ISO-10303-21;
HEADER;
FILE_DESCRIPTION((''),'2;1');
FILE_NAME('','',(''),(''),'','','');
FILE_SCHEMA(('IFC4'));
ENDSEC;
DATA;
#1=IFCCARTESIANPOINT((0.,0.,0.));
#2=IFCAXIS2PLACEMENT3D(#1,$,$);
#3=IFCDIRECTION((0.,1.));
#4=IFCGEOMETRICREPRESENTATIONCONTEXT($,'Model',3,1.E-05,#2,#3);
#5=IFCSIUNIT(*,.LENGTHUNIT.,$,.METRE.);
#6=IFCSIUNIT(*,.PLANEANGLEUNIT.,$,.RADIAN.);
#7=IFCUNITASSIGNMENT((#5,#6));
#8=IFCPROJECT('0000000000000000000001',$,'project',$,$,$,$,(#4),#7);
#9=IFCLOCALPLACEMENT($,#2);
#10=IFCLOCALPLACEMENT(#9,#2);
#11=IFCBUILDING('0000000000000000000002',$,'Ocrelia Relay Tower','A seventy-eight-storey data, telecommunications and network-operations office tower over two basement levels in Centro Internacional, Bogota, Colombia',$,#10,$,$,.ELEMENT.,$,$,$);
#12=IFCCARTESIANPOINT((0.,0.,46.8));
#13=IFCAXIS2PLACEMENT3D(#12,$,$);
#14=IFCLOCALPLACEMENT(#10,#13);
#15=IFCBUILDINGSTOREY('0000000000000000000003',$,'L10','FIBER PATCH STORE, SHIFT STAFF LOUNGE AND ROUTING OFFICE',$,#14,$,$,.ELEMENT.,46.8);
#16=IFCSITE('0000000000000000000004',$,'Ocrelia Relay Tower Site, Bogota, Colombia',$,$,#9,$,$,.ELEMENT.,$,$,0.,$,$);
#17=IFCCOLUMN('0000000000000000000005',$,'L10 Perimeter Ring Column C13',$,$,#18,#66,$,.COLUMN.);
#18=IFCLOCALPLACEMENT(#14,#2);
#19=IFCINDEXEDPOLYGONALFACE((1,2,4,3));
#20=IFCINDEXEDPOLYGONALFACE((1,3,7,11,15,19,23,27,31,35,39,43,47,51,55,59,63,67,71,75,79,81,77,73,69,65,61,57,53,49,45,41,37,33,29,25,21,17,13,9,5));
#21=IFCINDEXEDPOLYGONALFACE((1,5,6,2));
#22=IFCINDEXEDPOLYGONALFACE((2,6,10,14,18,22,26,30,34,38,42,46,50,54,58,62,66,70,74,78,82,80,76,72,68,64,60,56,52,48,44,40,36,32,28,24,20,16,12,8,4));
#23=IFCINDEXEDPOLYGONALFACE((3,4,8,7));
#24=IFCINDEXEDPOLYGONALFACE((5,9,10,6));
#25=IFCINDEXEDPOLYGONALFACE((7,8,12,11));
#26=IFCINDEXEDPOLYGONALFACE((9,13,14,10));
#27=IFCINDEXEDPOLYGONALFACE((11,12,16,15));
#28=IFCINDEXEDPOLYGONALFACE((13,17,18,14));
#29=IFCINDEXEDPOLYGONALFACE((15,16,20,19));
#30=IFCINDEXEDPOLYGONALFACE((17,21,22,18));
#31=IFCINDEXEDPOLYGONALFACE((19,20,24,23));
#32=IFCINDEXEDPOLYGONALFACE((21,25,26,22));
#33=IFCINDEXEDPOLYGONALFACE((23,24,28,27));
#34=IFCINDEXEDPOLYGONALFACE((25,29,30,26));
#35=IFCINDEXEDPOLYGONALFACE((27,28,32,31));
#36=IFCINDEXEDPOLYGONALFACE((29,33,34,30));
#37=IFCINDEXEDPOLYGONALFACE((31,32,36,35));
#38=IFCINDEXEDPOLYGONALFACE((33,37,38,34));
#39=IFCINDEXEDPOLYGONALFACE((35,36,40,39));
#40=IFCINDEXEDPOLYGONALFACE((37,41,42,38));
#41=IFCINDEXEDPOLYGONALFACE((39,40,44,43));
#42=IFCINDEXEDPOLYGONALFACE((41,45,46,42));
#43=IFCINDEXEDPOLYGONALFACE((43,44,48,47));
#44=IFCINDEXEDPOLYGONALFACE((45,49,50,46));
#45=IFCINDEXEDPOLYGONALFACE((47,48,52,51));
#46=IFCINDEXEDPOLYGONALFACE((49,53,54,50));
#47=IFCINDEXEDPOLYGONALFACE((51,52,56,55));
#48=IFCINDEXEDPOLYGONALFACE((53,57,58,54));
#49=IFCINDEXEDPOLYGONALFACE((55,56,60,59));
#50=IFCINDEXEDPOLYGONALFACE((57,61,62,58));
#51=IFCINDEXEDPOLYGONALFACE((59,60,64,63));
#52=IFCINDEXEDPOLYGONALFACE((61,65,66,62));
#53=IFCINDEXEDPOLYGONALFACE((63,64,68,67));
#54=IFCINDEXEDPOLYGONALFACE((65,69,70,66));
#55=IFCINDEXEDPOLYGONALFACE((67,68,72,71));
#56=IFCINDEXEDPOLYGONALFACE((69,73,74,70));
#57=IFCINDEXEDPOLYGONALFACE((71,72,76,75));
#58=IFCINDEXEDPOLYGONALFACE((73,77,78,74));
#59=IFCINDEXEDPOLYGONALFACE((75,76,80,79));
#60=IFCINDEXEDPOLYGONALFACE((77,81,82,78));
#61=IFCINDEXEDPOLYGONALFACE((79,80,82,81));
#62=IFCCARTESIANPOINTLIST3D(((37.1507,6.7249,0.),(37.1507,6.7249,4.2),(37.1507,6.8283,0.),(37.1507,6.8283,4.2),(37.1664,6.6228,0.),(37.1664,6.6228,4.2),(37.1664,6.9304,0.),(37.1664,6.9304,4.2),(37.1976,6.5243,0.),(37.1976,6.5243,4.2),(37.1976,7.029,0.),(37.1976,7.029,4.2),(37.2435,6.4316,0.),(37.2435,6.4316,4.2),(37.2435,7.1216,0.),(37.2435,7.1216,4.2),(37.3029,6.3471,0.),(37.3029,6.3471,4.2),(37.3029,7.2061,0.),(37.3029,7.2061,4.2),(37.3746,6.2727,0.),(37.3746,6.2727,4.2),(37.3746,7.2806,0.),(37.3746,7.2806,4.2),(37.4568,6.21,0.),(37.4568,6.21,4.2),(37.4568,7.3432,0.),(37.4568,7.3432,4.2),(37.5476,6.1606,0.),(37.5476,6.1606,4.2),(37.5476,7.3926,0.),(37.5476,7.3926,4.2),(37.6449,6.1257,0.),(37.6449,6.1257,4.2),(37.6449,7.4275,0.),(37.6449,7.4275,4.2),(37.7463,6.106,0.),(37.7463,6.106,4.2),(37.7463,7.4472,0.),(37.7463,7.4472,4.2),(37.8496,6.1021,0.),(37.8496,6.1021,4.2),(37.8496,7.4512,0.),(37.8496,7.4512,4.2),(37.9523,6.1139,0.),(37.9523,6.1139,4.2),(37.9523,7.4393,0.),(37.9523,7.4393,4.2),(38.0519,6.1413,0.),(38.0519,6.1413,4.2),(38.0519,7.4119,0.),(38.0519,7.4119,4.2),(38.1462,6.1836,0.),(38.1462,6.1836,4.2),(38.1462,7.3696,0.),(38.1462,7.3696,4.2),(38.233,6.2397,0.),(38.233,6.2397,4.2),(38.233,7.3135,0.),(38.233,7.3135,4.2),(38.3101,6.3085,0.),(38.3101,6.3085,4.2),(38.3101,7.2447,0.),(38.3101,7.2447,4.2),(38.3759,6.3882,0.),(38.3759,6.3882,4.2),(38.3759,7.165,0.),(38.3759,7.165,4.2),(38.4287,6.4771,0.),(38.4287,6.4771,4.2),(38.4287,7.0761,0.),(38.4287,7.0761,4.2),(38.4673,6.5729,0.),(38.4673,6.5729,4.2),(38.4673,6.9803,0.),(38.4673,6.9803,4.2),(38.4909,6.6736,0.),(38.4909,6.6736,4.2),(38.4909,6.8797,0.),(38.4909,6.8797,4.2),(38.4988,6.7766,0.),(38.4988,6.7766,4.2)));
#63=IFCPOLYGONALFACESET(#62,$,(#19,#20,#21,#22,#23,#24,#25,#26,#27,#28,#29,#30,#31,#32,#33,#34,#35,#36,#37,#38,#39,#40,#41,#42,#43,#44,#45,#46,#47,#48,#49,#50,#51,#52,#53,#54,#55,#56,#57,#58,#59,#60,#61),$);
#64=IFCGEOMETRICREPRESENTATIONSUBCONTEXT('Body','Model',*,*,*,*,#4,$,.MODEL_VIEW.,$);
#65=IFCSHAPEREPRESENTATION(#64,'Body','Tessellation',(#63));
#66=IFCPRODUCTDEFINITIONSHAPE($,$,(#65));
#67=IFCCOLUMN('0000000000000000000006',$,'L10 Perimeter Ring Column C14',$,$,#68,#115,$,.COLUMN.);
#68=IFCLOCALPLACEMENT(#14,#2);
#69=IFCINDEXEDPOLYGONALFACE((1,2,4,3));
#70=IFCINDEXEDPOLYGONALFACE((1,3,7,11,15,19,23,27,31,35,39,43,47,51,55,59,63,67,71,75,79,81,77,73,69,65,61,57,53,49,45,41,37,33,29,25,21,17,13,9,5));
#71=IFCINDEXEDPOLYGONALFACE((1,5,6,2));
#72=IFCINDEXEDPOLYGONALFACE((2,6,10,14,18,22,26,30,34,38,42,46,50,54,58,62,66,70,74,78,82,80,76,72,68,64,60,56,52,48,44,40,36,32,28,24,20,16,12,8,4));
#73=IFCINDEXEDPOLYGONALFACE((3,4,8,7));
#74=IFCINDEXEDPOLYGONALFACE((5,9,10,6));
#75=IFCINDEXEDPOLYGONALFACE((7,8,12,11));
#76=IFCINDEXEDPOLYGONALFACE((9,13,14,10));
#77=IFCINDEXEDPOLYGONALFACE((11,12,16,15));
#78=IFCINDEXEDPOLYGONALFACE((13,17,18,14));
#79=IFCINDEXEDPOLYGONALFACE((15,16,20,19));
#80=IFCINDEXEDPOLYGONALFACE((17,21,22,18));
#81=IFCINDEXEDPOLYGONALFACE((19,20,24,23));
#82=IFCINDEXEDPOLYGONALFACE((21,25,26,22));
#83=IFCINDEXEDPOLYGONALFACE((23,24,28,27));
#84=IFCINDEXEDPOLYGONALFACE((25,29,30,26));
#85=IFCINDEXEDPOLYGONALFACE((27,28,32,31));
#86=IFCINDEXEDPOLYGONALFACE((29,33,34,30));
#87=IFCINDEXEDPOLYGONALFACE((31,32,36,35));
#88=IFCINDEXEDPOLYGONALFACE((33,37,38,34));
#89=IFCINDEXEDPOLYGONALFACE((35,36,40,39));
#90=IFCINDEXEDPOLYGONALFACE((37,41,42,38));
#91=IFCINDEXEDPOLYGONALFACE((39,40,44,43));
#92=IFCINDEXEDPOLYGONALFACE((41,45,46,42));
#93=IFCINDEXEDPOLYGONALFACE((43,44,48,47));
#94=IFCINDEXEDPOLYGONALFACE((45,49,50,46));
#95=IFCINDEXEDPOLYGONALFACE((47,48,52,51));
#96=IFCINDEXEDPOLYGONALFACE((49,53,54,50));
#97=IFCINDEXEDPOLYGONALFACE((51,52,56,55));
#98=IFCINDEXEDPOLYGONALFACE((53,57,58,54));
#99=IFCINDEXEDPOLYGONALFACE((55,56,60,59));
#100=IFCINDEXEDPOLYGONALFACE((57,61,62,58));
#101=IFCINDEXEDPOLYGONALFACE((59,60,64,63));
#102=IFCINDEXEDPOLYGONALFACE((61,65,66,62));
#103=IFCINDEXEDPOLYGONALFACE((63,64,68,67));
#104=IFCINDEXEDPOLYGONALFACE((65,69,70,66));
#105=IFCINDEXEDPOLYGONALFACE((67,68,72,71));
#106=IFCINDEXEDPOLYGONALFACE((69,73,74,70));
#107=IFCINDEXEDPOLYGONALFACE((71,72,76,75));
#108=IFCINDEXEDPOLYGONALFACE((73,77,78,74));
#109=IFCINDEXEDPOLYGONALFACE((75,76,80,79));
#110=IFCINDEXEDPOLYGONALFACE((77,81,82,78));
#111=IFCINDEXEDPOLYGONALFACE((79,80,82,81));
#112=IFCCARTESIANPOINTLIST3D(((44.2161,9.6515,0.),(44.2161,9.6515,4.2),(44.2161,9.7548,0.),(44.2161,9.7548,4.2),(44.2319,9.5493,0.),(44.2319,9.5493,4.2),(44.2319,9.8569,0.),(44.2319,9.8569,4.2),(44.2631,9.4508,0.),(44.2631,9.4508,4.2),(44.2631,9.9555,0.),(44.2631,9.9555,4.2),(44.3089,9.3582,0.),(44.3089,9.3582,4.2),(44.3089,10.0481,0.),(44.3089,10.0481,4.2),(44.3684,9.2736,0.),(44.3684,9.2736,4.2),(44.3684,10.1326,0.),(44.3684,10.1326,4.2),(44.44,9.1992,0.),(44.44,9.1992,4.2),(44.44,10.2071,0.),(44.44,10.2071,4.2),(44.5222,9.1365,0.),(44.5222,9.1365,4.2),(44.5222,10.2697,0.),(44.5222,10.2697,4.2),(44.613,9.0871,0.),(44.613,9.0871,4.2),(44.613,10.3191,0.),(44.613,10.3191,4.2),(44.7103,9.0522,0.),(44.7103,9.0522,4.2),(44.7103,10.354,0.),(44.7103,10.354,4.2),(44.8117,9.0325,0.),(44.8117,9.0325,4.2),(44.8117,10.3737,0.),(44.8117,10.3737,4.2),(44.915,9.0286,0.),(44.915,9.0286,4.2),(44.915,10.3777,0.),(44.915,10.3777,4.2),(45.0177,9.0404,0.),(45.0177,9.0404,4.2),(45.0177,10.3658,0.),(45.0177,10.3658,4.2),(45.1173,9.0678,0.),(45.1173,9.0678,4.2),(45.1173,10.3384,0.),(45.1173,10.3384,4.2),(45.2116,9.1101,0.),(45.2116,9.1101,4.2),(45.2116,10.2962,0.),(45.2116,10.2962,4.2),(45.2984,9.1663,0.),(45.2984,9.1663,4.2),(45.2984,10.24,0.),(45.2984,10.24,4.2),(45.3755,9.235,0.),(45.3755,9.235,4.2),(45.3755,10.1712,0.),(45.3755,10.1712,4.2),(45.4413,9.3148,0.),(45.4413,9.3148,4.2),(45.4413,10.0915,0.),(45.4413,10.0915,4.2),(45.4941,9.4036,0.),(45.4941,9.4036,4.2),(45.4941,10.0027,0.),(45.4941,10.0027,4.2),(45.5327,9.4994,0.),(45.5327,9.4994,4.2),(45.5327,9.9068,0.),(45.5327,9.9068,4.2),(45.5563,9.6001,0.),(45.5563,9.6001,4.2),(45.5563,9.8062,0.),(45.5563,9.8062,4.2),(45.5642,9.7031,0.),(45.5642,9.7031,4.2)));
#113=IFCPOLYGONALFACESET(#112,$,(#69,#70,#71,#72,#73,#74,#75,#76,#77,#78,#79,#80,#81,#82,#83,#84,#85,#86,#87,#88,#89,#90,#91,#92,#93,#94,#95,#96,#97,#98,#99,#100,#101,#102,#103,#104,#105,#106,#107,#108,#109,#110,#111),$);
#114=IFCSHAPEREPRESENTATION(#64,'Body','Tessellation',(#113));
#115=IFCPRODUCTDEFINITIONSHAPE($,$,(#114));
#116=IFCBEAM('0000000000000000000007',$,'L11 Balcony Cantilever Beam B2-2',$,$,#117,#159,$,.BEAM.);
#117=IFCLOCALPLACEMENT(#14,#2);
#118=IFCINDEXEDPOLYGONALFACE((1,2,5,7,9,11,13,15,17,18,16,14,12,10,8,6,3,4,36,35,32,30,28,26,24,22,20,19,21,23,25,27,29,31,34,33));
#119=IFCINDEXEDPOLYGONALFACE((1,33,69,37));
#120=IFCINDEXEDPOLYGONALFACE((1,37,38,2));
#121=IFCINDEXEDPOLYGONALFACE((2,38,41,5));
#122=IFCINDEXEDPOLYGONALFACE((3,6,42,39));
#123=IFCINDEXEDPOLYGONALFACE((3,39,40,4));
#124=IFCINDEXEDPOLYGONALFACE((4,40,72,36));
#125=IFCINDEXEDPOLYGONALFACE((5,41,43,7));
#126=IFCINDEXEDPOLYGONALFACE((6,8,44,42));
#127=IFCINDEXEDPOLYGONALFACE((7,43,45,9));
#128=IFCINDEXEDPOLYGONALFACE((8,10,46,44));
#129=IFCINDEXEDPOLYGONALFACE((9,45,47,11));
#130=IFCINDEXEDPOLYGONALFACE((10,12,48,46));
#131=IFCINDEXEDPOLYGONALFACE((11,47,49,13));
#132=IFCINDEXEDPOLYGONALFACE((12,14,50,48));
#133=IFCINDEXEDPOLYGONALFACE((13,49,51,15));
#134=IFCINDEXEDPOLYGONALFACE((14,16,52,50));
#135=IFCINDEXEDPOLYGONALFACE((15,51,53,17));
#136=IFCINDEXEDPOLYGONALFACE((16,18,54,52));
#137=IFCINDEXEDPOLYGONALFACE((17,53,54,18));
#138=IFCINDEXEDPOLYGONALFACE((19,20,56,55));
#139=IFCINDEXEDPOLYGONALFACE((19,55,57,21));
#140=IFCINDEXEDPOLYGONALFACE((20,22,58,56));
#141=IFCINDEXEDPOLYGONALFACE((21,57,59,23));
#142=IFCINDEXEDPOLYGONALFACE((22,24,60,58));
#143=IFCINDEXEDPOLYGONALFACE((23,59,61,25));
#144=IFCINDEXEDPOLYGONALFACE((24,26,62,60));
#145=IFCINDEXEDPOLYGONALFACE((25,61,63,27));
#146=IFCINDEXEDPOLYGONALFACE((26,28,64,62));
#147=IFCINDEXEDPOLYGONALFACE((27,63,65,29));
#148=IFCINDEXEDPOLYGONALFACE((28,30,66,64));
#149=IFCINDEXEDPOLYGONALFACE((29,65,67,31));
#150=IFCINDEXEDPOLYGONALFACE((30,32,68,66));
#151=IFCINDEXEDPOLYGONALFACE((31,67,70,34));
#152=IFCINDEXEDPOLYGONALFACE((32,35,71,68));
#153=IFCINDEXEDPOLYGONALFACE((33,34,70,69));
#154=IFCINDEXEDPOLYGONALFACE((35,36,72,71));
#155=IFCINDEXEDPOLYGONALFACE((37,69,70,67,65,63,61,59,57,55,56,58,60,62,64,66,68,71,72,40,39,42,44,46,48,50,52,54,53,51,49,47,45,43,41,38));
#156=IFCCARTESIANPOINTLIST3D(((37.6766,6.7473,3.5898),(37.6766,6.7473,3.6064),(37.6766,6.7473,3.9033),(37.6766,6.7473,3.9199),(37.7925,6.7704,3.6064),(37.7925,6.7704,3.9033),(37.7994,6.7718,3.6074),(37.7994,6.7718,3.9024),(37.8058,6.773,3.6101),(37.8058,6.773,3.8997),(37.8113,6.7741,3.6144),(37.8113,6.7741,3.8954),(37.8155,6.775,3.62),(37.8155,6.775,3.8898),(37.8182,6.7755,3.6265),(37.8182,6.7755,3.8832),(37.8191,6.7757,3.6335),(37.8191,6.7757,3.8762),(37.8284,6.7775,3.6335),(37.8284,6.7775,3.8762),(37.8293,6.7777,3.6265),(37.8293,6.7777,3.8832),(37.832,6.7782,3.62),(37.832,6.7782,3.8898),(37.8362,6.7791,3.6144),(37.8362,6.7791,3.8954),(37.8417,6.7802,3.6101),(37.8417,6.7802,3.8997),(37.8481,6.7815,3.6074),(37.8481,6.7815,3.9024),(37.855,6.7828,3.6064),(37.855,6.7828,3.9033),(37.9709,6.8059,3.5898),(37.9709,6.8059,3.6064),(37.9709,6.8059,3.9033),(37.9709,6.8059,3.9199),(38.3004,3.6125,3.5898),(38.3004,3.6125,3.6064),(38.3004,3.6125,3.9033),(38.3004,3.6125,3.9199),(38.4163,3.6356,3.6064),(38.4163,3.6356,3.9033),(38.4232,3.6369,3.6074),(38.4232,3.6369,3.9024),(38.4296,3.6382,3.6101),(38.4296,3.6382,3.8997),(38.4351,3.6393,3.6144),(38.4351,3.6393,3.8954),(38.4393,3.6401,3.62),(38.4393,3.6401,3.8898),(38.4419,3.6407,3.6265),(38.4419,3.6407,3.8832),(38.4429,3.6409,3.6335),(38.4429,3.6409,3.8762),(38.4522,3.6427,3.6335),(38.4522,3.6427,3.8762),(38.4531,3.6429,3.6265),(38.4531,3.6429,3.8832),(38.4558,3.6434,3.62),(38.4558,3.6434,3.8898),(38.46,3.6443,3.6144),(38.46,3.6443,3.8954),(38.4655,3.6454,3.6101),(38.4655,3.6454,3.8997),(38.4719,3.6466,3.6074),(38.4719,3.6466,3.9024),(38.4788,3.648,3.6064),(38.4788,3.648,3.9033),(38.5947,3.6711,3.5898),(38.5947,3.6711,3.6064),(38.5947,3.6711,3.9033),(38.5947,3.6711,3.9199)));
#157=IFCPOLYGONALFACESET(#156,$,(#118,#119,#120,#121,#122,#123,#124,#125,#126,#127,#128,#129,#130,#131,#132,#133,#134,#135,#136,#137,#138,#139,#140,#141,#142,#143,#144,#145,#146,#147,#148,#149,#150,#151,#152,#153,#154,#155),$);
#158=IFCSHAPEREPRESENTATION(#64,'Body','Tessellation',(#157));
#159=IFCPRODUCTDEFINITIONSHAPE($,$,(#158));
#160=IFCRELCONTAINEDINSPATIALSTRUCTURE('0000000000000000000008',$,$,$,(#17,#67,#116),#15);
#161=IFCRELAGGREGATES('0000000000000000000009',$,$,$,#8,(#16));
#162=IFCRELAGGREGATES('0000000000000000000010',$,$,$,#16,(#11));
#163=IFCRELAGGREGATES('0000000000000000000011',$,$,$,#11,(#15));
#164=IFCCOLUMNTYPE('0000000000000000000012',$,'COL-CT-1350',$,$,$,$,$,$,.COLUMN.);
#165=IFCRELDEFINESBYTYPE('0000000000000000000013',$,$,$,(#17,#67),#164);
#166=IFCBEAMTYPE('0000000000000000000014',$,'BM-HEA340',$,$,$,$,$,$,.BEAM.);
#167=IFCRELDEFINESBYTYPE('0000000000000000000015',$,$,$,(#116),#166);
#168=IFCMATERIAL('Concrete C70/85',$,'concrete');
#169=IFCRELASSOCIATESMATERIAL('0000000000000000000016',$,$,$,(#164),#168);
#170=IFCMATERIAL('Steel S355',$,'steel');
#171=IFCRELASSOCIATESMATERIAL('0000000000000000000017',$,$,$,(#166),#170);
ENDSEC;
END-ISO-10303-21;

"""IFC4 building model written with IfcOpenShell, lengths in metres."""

from ifc_helpers import new_model, si_unit, direction, frame, origin, origin_2d, place, context, subcontext, project, spatial, circle, i_section, extrude, material, material_profile, profile_set, type_object, element, save


model = new_model("IFC4")

# Units and contexts
model_context = context("Model", 3, precision=1e-05, world=origin(), true_north=direction((0.0, 1.0)))
body_context = subcontext(model_context, "Body", "Model", "MODEL_VIEW")
ifc_project = project(units=[si_unit("LENGTHUNIT", "METRE"), si_unit("PLANEANGLEUNIT", "RADIAN")], contexts=[model_context])

# Site, building, storey
site_placement = place(None, origin())
site = spatial("IfcSite", under=ifc_project, at=site_placement, Name="Ocrelia Relay Tower Site, Bogota, Colombia", CompositionType="ELEMENT", RefElevation=0.0)
building_placement = place(site_placement, origin())
building = spatial("IfcBuilding", under=site, at=building_placement, Name="Ocrelia Relay Tower", Description="A seventy-eight-storey data, telecommunications and network-operations office tower over two basement levels in Centro Internacional, Bogota, Colombia", CompositionType="ELEMENT")
storey_placement = place(building_placement, frame((0.0, 0.0, 46.8)))
storey = spatial("IfcBuildingStorey", under=building, at=storey_placement, Name="L10", Description="FIBER PATCH STORE, SHIFT STAFF LOUNGE AND ROUTING OFFICE", CompositionType="ELEMENT", Elevation=46.8)

# Columns
ifc_material_1 = material(Name="Concrete C70/85", Category="concrete")
ifc_material_profile_1 = material_profile(ifc_material_1, circle(Radius=0.675, at=origin_2d()), Name="RC-CIR-1350")
ifc_profile_set_1 = profile_set([ifc_material_profile_1], Name="Concrete C70/85")
column_type = type_object("IfcColumnType", Name="COL-CT-1350", PredefinedType="COLUMN", material=ifc_profile_set_1)
for number, where, z_axis, x_axis, name in (
    (1, (37.8237, 6.7766, 0.0), (0.0, 0.0, 1.0), (1.0, 0.0, 0.0), "L10 Perimeter Ring Column C13"),
    (2, (44.8892, 9.7031, 0.0), (0.0, 0.0, 1.0), (1.0, 0.0, 0.0), "L10 Perimeter Ring Column C14"),
):
    element("IfcColumn", number, at=place(storey_placement, frame(where, z_axis=z_axis, x_axis=x_axis)), inside=storey, type_object=column_type, Name=name, PredefinedType="COLUMN", context=body_context, shape_type="SweptSolid", body=[
        extrude(circle(Radius=0.675, at=origin_2d()), origin(), (0.0, 0.0, 1.0), 4.2),
    ])

# Beam
ifc_material_2 = material(Name="Steel S355", Category="steel")
ifc_material_profile_2 = material_profile(ifc_material_2, i_section(OverallWidth=0.3, OverallDepth=0.3301, WebThickness=0.0095, FlangeThickness=0.0166, FilletRadius=0.0271, at=origin_2d()), Name="HEA 340")
ifc_profile_set_2 = profile_set([ifc_material_profile_2], Name="Steel S355")
beam_type_1 = type_object("IfcBeamType", Name="BM-HEA340", PredefinedType="BEAM", material=ifc_profile_set_2)
beam_1_placement = place(storey_placement, frame((37.8237, 6.7766, 3.7549), z_axis=(0.195161, -0.980771, 0.0), x_axis=(0.980771, 0.195161, 0.0)))
element("IfcBeam", 3, at=beam_1_placement, inside=storey, type_object=beam_type_1, Name="L11 Balcony Cantilever Beam B2-2", PredefinedType="BEAM", context=body_context, shape_type="SweptSolid", body=[
    extrude(i_section(OverallWidth=0.3, OverallDepth=0.3301, WebThickness=0.0095, FlangeThickness=0.0166, FilletRadius=0.0271, at=origin_2d()), origin(), (0.0, 0.0, 1.0), 3.1963),
])

save(model, "model.ifc")
